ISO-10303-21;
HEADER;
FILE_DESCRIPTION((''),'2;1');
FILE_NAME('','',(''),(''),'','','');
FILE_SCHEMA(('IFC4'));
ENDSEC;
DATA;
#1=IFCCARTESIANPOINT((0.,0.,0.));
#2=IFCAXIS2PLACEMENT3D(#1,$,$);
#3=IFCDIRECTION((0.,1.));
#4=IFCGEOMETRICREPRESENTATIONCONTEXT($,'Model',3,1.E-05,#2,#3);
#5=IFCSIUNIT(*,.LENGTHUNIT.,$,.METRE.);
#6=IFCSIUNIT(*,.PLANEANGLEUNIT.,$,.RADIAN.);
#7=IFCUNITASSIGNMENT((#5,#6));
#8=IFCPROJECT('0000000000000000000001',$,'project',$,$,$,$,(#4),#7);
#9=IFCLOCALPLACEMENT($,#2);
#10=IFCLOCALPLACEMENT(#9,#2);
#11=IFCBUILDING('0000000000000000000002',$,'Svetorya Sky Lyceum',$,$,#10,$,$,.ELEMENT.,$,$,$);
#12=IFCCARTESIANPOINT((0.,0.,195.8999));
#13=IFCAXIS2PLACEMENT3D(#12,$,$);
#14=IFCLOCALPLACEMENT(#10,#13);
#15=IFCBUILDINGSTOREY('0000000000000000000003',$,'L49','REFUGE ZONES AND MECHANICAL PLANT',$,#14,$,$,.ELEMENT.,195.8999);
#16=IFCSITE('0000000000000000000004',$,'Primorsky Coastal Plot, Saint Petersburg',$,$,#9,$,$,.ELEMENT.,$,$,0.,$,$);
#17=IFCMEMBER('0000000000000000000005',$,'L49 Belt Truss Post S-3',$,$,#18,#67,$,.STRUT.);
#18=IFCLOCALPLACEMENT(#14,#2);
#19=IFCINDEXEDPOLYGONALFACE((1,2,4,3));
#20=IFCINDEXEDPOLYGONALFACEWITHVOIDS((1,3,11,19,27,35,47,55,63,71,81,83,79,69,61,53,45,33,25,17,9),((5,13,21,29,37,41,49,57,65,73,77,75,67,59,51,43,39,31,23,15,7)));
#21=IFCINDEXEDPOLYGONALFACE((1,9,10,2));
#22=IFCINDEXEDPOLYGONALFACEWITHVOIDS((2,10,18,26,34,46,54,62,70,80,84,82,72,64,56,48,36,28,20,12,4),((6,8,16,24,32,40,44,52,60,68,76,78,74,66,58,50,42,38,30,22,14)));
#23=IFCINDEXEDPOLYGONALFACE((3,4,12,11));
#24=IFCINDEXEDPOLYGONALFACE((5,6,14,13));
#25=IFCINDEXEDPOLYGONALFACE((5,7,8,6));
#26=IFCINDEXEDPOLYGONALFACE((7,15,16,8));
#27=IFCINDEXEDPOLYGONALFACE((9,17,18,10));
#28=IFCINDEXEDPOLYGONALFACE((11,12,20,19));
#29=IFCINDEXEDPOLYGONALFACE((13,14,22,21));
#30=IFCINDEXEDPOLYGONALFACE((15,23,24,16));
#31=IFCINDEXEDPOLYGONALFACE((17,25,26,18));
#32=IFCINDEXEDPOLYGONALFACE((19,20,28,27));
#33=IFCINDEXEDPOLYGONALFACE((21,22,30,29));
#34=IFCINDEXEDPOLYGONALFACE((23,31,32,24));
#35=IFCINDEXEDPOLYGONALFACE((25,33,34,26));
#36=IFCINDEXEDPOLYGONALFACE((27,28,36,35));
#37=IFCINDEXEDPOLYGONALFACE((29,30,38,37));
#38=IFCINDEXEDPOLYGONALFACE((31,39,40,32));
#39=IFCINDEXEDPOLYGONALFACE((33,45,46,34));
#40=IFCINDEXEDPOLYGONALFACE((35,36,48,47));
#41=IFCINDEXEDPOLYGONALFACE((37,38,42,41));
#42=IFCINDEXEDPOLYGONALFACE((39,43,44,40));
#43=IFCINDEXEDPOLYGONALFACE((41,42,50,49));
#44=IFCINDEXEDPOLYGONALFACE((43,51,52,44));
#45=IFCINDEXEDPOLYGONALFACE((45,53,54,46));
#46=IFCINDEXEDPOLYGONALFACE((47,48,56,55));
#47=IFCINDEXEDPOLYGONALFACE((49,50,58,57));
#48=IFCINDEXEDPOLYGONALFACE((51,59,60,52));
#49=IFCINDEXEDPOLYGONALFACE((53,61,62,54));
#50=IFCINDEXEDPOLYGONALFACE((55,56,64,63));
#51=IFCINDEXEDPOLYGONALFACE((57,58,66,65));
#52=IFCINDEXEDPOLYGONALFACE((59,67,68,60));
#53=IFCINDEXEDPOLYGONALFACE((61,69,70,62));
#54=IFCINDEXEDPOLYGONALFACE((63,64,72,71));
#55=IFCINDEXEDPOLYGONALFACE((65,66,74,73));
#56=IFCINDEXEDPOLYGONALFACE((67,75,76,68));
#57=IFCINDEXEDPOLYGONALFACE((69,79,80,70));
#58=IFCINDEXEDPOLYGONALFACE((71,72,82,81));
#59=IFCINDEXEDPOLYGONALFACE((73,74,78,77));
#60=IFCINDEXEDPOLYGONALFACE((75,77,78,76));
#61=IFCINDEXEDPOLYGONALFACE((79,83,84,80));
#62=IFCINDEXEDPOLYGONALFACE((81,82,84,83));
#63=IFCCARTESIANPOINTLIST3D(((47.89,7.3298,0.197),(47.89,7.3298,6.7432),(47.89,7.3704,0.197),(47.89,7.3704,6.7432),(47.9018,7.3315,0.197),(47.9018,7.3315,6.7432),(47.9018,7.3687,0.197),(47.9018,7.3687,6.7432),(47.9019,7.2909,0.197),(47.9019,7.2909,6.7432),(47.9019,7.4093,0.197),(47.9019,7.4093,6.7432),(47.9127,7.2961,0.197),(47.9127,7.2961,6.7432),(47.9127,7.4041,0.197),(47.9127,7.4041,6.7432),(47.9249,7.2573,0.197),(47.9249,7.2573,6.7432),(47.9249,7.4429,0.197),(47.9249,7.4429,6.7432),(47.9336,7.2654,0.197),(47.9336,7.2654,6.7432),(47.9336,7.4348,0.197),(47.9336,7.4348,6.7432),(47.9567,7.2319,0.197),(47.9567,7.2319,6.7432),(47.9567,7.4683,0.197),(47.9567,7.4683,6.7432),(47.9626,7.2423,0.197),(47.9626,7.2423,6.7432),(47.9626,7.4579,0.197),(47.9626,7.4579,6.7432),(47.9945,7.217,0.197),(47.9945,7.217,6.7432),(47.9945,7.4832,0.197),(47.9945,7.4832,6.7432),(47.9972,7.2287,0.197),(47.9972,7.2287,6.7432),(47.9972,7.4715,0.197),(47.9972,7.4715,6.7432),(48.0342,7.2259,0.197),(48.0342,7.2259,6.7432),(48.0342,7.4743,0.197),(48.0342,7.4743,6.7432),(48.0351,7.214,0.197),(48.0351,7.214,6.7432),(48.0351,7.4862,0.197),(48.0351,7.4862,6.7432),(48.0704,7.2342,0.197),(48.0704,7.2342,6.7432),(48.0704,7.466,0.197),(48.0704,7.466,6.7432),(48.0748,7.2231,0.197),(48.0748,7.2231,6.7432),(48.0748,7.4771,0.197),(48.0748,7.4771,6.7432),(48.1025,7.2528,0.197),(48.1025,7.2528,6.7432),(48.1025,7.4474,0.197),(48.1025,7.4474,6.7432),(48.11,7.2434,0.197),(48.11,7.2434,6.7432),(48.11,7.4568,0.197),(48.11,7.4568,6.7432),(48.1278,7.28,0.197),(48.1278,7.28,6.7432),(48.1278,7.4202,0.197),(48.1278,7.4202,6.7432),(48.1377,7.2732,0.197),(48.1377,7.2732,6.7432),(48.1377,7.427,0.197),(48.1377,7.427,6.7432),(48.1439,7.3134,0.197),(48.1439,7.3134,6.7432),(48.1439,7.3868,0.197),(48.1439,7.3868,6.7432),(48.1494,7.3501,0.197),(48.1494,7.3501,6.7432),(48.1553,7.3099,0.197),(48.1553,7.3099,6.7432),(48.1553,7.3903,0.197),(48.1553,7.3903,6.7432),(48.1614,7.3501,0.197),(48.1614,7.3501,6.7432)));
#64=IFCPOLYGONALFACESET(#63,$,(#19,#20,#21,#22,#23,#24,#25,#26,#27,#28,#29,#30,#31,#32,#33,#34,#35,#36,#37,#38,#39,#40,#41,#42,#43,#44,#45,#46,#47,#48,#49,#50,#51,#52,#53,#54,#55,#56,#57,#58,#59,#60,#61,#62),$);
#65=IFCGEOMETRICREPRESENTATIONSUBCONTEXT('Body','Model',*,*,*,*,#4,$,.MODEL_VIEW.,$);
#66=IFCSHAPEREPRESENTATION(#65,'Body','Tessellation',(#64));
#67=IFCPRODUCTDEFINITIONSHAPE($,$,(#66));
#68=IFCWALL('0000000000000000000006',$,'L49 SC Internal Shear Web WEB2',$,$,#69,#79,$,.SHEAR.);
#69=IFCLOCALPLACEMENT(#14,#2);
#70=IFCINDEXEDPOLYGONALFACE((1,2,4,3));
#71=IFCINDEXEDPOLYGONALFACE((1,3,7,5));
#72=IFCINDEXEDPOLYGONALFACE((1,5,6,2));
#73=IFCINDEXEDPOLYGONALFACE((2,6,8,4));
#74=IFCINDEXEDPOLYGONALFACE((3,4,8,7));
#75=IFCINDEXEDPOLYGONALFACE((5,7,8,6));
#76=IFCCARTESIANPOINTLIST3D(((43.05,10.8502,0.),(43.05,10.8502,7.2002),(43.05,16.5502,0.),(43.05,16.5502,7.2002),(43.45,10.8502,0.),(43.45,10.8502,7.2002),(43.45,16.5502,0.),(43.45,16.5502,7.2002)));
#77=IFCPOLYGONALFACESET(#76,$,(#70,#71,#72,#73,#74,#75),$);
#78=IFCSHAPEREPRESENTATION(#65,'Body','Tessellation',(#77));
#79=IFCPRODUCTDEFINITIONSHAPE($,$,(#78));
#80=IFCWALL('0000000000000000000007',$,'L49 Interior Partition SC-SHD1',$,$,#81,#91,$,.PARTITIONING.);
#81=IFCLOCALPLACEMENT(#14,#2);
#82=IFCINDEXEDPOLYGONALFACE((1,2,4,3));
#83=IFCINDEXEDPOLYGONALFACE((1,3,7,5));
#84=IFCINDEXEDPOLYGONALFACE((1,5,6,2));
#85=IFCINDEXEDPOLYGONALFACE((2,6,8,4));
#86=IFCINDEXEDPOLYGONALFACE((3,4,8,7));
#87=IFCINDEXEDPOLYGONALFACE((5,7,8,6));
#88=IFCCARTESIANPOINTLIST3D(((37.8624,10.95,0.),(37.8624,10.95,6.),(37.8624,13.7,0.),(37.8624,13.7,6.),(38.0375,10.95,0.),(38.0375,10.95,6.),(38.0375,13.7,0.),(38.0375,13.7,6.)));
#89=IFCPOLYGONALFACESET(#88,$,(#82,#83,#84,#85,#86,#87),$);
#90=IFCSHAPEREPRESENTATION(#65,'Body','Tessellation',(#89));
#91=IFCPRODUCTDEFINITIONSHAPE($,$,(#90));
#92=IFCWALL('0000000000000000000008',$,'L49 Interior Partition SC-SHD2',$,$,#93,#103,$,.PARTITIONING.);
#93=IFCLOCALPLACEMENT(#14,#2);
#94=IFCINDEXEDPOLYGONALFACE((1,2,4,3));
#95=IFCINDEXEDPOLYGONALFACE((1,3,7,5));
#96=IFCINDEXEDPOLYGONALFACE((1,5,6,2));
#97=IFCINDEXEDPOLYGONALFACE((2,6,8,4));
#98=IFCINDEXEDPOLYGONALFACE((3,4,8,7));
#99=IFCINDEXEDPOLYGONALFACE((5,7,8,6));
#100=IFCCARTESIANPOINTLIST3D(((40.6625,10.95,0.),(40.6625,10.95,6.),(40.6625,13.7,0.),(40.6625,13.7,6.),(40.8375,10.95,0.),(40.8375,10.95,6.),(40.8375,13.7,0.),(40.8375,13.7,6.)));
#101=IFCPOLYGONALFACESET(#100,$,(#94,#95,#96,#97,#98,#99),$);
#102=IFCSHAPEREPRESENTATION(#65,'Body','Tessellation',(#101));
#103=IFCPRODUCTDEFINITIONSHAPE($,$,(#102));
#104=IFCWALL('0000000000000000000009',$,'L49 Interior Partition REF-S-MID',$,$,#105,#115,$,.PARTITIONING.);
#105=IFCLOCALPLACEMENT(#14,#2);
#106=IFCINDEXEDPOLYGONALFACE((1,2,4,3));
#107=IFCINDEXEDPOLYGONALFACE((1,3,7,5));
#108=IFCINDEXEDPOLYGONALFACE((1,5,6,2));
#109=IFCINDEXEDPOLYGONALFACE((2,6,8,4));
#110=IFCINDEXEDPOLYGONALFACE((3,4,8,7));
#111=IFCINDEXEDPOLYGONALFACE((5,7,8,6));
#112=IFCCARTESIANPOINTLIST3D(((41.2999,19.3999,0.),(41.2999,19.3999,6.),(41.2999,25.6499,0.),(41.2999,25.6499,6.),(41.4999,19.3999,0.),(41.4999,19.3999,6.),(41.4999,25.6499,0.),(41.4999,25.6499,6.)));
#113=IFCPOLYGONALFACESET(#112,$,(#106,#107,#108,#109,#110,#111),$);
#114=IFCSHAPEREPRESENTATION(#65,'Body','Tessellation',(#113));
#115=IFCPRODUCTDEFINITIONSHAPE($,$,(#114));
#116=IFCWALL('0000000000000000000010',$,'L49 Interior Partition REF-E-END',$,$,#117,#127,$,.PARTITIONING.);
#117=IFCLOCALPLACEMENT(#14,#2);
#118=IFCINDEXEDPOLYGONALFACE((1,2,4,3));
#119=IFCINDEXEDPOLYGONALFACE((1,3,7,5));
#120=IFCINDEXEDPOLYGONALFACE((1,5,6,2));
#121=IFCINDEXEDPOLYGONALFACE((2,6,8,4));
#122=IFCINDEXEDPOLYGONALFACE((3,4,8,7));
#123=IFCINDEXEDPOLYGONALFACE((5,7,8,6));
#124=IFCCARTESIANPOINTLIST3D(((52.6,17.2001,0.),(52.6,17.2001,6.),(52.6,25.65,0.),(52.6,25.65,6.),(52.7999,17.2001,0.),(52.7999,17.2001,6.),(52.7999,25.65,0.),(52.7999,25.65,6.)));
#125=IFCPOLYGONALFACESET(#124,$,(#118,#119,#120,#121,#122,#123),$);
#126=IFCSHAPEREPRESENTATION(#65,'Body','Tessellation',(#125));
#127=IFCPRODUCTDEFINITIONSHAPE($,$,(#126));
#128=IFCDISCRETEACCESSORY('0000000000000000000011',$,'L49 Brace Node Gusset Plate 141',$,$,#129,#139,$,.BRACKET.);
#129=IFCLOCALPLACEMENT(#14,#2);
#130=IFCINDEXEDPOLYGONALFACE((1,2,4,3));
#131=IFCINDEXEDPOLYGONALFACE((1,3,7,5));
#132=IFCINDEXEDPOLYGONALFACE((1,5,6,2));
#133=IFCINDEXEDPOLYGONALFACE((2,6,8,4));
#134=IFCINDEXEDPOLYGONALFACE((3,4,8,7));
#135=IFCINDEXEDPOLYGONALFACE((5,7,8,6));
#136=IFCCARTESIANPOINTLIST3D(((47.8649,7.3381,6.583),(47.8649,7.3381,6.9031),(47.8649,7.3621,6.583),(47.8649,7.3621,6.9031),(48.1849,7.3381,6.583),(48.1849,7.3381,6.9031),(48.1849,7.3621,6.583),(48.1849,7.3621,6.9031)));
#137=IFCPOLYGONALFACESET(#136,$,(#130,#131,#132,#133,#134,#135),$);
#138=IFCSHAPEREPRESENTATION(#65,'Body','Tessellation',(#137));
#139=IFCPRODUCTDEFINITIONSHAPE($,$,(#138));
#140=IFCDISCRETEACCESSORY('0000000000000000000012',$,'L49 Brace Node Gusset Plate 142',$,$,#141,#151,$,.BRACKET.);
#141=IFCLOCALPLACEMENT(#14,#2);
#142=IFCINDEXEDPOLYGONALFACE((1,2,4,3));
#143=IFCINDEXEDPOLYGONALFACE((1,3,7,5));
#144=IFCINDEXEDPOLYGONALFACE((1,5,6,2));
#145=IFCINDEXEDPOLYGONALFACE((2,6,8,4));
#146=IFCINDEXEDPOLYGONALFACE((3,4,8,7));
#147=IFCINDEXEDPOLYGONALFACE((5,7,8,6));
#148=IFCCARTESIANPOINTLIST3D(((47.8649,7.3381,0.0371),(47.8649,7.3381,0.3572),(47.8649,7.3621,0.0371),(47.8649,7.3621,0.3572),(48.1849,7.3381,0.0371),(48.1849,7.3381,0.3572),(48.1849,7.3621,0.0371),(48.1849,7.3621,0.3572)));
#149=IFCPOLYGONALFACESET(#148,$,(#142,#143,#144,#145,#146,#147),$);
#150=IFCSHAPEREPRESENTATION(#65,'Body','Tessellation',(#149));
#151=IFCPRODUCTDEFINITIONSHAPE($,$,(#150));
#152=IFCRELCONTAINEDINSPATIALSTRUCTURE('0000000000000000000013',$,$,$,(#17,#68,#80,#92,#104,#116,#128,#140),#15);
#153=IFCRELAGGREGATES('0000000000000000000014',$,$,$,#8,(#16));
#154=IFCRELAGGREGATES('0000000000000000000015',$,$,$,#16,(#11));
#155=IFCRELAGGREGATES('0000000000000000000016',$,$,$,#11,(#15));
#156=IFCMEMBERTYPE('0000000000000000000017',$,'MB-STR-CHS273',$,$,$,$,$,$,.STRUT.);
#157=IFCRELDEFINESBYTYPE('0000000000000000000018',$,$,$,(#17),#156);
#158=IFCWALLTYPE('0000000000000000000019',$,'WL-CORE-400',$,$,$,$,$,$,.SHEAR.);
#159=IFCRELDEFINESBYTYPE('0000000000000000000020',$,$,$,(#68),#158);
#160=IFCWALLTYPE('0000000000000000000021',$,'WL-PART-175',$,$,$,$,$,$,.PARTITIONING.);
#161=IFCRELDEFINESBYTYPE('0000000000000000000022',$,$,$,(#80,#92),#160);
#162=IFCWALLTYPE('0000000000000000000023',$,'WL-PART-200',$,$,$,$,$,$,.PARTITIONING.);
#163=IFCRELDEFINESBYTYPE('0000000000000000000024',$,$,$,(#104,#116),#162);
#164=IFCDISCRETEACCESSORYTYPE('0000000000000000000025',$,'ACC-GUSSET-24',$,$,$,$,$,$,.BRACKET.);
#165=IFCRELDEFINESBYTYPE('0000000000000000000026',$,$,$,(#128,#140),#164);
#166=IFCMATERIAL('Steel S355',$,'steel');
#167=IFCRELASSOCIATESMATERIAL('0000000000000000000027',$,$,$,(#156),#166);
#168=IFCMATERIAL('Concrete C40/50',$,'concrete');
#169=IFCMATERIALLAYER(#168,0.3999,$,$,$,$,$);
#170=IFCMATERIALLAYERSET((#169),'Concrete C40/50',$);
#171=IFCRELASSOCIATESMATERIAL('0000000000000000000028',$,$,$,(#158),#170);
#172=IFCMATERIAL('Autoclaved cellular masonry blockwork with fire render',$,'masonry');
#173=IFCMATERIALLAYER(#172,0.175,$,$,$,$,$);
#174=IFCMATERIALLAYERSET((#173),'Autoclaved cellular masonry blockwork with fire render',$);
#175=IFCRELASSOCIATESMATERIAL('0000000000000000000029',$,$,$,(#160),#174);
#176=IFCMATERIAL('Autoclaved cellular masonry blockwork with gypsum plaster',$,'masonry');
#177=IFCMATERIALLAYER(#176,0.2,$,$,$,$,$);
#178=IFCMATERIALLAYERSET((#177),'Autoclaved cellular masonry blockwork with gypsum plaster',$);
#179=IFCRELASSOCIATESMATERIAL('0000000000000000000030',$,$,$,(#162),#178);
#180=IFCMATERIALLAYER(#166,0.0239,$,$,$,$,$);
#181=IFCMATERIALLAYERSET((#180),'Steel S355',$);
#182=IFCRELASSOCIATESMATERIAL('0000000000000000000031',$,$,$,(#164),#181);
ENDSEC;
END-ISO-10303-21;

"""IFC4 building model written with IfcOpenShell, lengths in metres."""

from ifc_helpers import new_model, si_unit, direction, frame, frame_2d, origin, origin_2d, place, context, subcontext, project, spatial, rectangle, hollow_circle, extrude, material, layer, layer_set, material_profile, profile_set, type_object, element, save


model = new_model("IFC4")

# Units and contexts
model_context = context("Model", 3, precision=1e-05, world=origin(), true_north=direction((0.0, 1.0)))
body_context = subcontext(model_context, "Body", "Model", "MODEL_VIEW")
ifc_project = project(units=[si_unit("LENGTHUNIT", "METRE"), si_unit("PLANEANGLEUNIT", "RADIAN")], contexts=[model_context])

# Site, building, storey
site_placement = place(None, origin())
site = spatial("IfcSite", under=ifc_project, at=site_placement, Name="Primorsky Coastal Plot, Saint Petersburg", CompositionType="ELEMENT", RefElevation=0.0)
building_placement = place(site_placement, origin())
building = spatial("IfcBuilding", under=site, at=building_placement, Name="Svetorya Sky Lyceum", CompositionType="ELEMENT")
storey_placement = place(building_placement, frame((0.0, 0.0, 195.8999)))
storey = spatial("IfcBuildingStorey", under=building, at=storey_placement, Name="L49", Description="REFUGE ZONES AND MECHANICAL PLANT", CompositionType="ELEMENT", Elevation=195.8999)

# Shared definitions
ifc_material_1 = material(Name="Steel S355", Category="steel")

# Member
ifc_material_profile_1 = material_profile(ifc_material_1, hollow_circle(Radius=0.1365, WallThickness=0.012, at=origin_2d()), Name="CHS 273x12")
ifc_profile_set_1 = profile_set([ifc_material_profile_1], Name="Steel S355")
member_type = type_object("IfcMemberType", Name="MB-STR-CHS273", PredefinedType="STRUT", material=ifc_profile_set_1)
member_placement = place(storey_placement, frame((48.0249, 7.3501, 0.197), z_axis=(0.0, 0.0, 1.0), x_axis=(1.0, 0.0, 0.0)))
element("IfcMember", 1, at=member_placement, inside=storey, type_object=member_type, Name="L49 Belt Truss Post S-3", PredefinedType="STRUT", context=body_context, shape_type="SweptSolid", body=[
    extrude(hollow_circle(Radius=0.1365, WallThickness=0.012, at=origin_2d()), origin(), (0.0, 0.0, 1.0), 6.5461),
])

# Walls
ifc_material_2 = material(Name="Concrete C40/50", Category="concrete")
ifc_layer_1 = layer(ifc_material_2, 0.3999)
ifc_layer_set_1 = layer_set([ifc_layer_1], Name="Concrete C40/50")
wall_type_1 = type_object("IfcWallType", Name="WL-CORE-400", PredefinedType="SHEAR", material=ifc_layer_set_1)
wall_1_placement = place(storey_placement, frame((43.25, 10.8501, 0.0), z_axis=(0.0, 0.0, 1.0), x_axis=(0.0, 1.0, 0.0)))
element("IfcWall", 2, at=wall_1_placement, inside=storey, type_object=wall_type_1, Name="L49 SC Internal Shear Web WEB2", PredefinedType="SHEAR", context=body_context, shape_type="SweptSolid", body=[
    extrude(rectangle(XDim=5.7, YDim=0.3999, at=frame_2d((2.8501, 0.0))), origin(), (0.0, 0.0, 1.0), 7.2002),
])
ifc_material_3 = material(Name="Autoclaved cellular masonry blockwork with fire render", Category="masonry")
ifc_layer_2 = layer(ifc_material_3, 0.175)
ifc_layer_set_2 = layer_set([ifc_layer_2], Name="Autoclaved cellular masonry blockwork with fire render")
wall_type_2 = type_object("IfcWallType", Name="WL-PART-175", PredefinedType="PARTITIONING", material=ifc_layer_set_2)
for number, where, z_axis, x_axis, name in (
    (3, (37.95, 10.95, 0.0), (0.0, 0.0, 1.0), (0.0, 1.0, 0.0), "L49 Interior Partition SC-SHD1"),
    (4, (40.75, 10.95, 0.0), (0.0, 0.0, 1.0), (0.0, 1.0, 0.0), "L49 Interior Partition SC-SHD2"),
):
    element("IfcWall", number, at=place(storey_placement, frame(where, z_axis=z_axis, x_axis=x_axis)), inside=storey, type_object=wall_type_2, Name=name, PredefinedType="PARTITIONING", context=body_context, shape_type="SweptSolid", body=[
        extrude(rectangle(XDim=2.75, YDim=0.175, at=frame_2d((1.375, 0.0))), origin(), (0.0, 0.0, 1.0), 6.0),
    ])

# Shared definitions
ifc_material_4 = material(Name="Autoclaved cellular masonry blockwork with gypsum plaster", Category="masonry")
ifc_layer_3 = layer(ifc_material_4, 0.2)
ifc_layer_set_3 = layer_set([ifc_layer_3], Name="Autoclaved cellular masonry blockwork with gypsum plaster")
wall_type_3 = type_object("IfcWallType", Name="WL-PART-200", PredefinedType="PARTITIONING", material=ifc_layer_set_3)

# Walls
wall_2_placement = place(storey_placement, frame((41.3999, 19.3999, 0.0), z_axis=(0.0, 0.0, 1.0), x_axis=(0.0, 1.0, 0.0)))
element("IfcWall", 5, at=wall_2_placement, inside=storey, type_object=wall_type_3, Name="L49 Interior Partition REF-S-MID", PredefinedType="PARTITIONING", context=body_context, shape_type="SweptSolid", body=[
    extrude(rectangle(XDim=6.25, YDim=0.2, at=frame_2d((3.125, 0.0))), origin(), (0.0, 0.0, 1.0), 6.0),
])
wall_3_placement = place(storey_placement, frame((52.7, 17.2, 0.0), z_axis=(0.0, 0.0, 1.0), x_axis=(0.0, 1.0, 0.0)))
element("IfcWall", 6, at=wall_3_placement, inside=storey, type_object=wall_type_3, Name="L49 Interior Partition REF-E-END", PredefinedType="PARTITIONING", context=body_context, shape_type="SweptSolid", body=[
    extrude(rectangle(XDim=8.45, YDim=0.2, at=frame_2d((4.2251, 0.0))), origin(), (0.0, 0.0, 1.0), 6.0),
])

# Discrete accessories
ifc_layer_4 = layer(ifc_material_1, 0.0239)
ifc_layer_set_4 = layer_set([ifc_layer_4], Name="Steel S355")
discrete_accessory_type = type_object("IfcDiscreteAccessoryType", Name="ACC-GUSSET-24", PredefinedType="BRACKET", material=ifc_layer_set_4)
for number, where, z_axis, x_axis, name in (
    (7, (48.0249, 7.3501, 6.583), (0.0, 0.0, 1.0), (1.0, 0.0, 0.0), "L49 Brace Node Gusset Plate 141"),
    (8, (48.0249, 7.3501, 0.0371), (0.0, 0.0, 1.0), (1.0, 0.0, 0.0), "L49 Brace Node Gusset Plate 142"),
):
    element("IfcDiscreteAccessory", number, at=place(storey_placement, frame(where, z_axis=z_axis, x_axis=x_axis)), inside=storey, type_object=discrete_accessory_type, Name=name, PredefinedType="BRACKET", context=body_context, shape_type="SweptSolid", body=[
        extrude(rectangle(XDim=0.3201, YDim=0.0239, at=origin_2d()), origin(), (0.0, 0.0, 1.0), 0.3201),
    ])

save(model, "model.ifc")
